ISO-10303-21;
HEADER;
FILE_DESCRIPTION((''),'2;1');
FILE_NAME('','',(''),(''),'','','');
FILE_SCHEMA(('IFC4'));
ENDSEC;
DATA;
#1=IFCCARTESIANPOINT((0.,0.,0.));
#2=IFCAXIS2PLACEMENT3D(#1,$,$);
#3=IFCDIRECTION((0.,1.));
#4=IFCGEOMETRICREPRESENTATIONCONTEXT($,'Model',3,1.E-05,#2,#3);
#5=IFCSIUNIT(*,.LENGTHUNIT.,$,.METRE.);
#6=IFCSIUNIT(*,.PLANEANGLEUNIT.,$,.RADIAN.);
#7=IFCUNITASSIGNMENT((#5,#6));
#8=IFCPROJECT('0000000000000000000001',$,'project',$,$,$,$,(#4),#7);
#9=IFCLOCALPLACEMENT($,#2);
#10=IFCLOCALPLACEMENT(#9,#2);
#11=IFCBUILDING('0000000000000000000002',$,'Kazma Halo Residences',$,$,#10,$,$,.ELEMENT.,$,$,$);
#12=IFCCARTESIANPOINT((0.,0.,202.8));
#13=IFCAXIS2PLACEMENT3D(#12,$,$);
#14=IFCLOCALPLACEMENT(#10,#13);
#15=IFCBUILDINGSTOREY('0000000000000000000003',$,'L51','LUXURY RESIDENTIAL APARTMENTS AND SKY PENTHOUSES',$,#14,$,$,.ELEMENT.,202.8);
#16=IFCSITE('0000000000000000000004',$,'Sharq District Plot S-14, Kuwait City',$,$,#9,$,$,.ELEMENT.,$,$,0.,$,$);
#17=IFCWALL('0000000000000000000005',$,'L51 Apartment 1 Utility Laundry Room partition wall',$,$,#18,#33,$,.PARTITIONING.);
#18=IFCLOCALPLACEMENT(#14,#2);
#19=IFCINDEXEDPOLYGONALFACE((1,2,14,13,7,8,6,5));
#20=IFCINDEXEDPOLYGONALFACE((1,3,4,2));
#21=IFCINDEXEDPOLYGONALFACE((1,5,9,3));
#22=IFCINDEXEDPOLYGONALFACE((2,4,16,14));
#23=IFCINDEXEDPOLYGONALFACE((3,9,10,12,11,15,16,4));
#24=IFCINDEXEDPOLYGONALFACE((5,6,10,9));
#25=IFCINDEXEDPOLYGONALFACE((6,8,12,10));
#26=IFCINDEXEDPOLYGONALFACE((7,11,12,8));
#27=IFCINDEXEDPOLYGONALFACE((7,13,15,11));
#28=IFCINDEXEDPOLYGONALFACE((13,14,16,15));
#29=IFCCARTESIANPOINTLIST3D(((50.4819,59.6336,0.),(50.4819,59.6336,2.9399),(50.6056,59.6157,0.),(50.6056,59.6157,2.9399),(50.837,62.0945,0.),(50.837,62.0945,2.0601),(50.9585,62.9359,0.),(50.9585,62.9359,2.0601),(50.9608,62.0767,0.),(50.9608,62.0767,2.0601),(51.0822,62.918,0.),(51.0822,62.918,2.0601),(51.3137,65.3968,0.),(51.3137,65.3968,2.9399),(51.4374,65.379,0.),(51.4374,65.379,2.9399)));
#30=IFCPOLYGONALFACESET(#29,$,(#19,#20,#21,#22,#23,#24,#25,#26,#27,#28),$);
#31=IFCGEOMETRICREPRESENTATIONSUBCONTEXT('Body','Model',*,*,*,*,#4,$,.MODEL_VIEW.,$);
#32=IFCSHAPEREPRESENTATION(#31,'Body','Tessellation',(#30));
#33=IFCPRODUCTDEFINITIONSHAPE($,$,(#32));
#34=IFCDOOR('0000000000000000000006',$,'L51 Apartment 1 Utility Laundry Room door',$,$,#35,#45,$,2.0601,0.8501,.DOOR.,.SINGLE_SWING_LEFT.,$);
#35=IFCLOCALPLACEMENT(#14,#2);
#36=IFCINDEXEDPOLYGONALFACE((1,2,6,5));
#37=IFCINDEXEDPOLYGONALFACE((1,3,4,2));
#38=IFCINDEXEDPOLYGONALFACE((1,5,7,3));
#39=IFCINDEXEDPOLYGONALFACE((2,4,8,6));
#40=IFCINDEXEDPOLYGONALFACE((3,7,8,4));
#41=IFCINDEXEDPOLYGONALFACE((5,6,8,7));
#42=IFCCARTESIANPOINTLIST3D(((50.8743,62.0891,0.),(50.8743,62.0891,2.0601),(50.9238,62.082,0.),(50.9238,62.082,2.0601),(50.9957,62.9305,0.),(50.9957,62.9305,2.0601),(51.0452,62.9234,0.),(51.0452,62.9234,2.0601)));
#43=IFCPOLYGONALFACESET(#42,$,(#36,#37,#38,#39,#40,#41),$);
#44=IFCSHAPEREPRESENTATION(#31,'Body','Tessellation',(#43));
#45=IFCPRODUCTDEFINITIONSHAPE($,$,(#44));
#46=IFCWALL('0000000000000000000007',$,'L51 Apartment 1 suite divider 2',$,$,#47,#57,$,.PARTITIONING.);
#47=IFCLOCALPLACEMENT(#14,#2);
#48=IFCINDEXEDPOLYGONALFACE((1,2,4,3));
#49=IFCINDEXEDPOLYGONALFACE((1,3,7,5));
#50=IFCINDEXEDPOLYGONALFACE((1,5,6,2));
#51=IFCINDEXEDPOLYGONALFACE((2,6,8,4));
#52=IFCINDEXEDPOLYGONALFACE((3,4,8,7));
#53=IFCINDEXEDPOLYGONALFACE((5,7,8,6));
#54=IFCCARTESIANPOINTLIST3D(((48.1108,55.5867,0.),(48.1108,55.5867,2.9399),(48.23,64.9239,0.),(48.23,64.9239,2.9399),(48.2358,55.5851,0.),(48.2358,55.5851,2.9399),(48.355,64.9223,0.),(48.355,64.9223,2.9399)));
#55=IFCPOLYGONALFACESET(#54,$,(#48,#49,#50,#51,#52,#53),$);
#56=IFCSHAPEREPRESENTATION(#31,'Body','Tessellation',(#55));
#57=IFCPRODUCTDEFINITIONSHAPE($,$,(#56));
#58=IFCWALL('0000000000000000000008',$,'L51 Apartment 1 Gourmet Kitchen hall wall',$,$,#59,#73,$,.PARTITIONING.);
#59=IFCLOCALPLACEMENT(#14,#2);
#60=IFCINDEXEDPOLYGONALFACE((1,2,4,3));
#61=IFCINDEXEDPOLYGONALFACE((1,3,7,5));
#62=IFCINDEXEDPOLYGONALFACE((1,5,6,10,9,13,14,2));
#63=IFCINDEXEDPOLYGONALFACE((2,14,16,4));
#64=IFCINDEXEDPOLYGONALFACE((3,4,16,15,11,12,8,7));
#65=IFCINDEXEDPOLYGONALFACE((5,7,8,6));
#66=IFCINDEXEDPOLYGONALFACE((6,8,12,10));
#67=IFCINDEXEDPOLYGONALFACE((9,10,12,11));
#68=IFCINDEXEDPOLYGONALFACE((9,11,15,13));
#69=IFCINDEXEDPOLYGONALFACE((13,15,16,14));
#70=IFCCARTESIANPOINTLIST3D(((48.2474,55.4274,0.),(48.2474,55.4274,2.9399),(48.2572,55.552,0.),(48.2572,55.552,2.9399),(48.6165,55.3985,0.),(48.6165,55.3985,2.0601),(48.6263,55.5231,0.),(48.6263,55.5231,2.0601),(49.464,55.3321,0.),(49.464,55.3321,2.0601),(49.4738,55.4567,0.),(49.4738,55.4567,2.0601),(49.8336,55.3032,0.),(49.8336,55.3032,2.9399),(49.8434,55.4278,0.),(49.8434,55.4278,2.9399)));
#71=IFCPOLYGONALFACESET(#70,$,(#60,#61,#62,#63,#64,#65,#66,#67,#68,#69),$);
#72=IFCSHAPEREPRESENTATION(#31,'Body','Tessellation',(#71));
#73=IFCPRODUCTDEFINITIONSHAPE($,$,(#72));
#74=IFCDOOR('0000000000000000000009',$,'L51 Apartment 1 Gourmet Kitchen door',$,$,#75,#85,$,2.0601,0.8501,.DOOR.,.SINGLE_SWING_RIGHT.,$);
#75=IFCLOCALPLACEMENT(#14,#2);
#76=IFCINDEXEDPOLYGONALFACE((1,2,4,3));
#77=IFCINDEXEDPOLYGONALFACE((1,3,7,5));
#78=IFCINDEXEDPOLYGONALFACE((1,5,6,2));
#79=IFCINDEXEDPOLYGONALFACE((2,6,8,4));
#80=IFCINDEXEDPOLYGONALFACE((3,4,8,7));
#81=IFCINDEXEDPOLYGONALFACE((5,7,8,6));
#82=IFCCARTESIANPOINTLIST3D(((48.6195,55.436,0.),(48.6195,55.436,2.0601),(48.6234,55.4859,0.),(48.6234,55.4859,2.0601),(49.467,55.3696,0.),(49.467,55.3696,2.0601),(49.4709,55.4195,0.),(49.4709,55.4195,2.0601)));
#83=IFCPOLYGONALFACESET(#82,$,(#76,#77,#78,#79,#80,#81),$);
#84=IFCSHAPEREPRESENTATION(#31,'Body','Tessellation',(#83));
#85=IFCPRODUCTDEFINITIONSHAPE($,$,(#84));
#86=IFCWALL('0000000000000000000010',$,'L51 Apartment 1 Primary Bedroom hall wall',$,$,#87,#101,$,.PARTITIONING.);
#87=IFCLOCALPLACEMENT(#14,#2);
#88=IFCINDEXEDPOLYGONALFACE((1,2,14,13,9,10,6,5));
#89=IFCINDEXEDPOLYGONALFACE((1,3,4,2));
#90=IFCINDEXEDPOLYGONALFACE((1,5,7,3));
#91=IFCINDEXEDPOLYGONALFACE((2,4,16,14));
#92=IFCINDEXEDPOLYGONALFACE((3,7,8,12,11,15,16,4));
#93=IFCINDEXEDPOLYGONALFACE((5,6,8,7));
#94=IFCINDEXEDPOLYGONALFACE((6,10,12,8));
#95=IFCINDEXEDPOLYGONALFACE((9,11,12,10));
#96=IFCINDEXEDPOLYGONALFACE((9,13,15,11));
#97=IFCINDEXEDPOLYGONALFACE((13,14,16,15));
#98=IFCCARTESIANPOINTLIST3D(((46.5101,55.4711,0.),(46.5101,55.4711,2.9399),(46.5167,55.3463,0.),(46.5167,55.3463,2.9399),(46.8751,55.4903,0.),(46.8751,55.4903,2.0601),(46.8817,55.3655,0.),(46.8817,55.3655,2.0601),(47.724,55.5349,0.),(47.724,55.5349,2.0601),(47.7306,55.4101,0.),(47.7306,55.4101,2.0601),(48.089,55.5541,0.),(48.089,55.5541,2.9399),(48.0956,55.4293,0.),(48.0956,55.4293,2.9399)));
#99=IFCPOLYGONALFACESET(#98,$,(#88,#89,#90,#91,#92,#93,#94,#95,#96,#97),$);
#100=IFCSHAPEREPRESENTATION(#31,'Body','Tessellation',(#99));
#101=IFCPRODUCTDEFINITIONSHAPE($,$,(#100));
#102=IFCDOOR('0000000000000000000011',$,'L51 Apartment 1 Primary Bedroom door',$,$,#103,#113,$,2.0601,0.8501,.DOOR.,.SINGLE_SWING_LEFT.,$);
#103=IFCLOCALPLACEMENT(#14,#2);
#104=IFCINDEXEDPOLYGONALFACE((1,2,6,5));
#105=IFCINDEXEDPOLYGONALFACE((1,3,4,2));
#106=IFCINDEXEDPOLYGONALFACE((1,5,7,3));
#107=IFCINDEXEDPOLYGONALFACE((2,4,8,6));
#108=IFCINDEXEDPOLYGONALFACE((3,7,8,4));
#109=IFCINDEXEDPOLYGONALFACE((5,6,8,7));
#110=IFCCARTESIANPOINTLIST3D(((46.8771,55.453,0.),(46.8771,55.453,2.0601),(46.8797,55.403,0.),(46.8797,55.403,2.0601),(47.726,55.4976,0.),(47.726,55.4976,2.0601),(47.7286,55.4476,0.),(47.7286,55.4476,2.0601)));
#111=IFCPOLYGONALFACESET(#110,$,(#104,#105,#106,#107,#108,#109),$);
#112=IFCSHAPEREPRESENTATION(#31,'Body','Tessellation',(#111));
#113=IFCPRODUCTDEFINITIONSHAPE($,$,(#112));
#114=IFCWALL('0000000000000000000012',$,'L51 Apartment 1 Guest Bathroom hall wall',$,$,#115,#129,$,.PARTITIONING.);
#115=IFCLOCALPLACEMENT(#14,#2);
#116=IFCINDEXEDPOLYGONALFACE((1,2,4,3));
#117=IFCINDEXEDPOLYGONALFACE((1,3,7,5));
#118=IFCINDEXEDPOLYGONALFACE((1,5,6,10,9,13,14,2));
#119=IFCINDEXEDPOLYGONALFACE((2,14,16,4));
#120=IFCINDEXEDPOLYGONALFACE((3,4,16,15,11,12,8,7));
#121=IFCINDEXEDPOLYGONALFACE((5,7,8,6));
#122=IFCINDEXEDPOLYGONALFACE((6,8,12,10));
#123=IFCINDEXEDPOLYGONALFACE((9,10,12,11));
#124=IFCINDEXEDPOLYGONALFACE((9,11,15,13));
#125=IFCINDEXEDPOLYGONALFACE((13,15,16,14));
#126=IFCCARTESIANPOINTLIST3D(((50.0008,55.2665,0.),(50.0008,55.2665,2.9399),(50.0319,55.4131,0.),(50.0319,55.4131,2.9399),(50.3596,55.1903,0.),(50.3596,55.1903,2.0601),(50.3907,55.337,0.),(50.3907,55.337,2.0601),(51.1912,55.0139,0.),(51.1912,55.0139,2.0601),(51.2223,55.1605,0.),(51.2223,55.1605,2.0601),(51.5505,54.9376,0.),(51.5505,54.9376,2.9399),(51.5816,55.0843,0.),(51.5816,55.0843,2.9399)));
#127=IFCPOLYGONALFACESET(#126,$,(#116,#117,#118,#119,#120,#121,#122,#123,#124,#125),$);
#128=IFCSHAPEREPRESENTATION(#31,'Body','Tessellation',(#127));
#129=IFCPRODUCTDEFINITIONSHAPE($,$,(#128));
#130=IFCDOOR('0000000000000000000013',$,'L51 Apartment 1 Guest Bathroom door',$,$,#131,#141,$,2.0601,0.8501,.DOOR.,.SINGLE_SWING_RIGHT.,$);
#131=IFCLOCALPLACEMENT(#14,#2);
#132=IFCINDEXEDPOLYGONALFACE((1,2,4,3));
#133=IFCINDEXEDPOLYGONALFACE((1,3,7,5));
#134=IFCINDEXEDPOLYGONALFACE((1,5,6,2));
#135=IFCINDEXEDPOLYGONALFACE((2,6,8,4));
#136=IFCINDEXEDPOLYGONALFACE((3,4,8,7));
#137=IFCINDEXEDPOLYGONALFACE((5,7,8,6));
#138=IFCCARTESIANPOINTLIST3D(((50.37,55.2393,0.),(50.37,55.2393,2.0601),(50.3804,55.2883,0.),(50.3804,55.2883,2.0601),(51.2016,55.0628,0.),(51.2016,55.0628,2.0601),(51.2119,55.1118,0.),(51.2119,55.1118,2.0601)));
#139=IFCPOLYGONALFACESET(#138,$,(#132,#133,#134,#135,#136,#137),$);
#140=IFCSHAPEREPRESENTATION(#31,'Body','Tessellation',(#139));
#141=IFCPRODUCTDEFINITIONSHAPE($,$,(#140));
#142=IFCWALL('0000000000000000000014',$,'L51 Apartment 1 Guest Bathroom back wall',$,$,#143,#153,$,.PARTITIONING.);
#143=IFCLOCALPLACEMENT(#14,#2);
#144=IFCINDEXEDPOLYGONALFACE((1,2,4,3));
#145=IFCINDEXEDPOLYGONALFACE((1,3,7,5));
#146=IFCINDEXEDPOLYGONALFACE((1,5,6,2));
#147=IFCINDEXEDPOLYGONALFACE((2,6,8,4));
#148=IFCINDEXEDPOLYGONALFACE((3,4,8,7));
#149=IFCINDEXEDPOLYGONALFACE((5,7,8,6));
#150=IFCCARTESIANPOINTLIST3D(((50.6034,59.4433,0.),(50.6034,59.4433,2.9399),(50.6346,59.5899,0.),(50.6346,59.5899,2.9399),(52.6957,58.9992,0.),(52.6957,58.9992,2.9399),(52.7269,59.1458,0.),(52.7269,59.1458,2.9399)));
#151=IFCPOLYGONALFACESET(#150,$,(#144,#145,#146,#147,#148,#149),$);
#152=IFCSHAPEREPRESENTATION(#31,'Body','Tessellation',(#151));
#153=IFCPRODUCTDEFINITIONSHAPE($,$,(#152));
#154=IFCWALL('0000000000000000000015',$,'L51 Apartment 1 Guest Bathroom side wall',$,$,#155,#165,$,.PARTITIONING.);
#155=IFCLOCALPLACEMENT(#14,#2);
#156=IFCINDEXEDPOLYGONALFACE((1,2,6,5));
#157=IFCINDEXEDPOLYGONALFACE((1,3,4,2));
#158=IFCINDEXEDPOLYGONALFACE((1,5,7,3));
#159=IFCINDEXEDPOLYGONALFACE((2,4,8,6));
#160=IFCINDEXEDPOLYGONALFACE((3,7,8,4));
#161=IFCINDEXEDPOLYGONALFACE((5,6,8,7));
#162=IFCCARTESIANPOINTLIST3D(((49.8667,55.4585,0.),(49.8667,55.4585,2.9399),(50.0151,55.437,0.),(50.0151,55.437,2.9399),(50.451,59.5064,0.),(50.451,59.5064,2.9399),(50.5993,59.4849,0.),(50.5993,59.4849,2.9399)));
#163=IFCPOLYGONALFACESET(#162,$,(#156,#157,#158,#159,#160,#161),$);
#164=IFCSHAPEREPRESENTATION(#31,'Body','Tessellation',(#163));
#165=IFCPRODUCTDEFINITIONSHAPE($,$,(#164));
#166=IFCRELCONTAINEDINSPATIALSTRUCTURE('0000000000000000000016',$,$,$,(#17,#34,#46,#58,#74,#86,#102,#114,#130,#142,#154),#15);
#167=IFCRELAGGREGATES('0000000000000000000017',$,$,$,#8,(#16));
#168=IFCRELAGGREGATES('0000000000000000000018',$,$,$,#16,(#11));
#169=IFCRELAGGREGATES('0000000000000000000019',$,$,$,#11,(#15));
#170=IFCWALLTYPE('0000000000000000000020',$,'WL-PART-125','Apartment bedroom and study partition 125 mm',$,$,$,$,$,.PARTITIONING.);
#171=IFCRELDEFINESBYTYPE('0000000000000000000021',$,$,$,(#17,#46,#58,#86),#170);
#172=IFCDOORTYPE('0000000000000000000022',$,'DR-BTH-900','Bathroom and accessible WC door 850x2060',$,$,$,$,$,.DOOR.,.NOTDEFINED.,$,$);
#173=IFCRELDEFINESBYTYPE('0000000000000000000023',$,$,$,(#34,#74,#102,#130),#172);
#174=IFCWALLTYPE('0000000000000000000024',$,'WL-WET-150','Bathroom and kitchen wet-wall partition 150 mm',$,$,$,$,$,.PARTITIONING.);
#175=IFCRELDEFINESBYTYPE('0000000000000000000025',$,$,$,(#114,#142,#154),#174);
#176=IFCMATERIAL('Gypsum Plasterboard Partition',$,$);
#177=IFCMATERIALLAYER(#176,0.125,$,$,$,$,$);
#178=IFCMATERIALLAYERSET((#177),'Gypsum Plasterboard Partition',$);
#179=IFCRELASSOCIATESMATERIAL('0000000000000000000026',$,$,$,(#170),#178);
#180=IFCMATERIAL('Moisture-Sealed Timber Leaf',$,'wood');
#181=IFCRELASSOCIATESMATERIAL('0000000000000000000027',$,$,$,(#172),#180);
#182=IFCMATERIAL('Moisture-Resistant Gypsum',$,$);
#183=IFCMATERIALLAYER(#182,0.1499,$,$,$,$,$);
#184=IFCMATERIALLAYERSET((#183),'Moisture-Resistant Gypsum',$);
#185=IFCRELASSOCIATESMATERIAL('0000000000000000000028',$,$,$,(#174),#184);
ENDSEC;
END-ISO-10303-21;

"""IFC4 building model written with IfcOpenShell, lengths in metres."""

from ifc_helpers import new_model, si_unit, direction, frame, frame_2d, origin, place, context, subcontext, project, spatial, rectangle, extrude, material, layer, layer_set, type_object, element, fill, save


model = new_model("IFC4")

# Units and contexts
model_context = context("Model", 3, precision=1e-05, world=origin(), true_north=direction((0.0, 1.0)))
body_context = subcontext(model_context, "Body", "Model", "MODEL_VIEW")
ifc_project = project(units=[si_unit("LENGTHUNIT", "METRE"), si_unit("PLANEANGLEUNIT", "RADIAN")], contexts=[model_context])

# Site, building, storey
site_placement = place(None, origin())
site = spatial("IfcSite", under=ifc_project, at=site_placement, Name="Sharq District Plot S-14, Kuwait City", CompositionType="ELEMENT", RefElevation=0.0)
building_placement = place(site_placement, origin())
building = spatial("IfcBuilding", under=site, at=building_placement, Name="Kazma Halo Residences", CompositionType="ELEMENT")
storey_placement = place(building_placement, frame((0.0, 0.0, 202.8)))
storey = spatial("IfcBuildingStorey", under=building, at=storey_placement, Name="L51", Description="LUXURY RESIDENTIAL APARTMENTS AND SKY PENTHOUSES", CompositionType="ELEMENT", Elevation=202.8)

# Wall, opening, door
ifc_material_1 = material(Name="Gypsum Plasterboard Partition")
ifc_layer_1 = layer(ifc_material_1, 0.125)
ifc_layer_set_1 = layer_set([ifc_layer_1], Name="Gypsum Plasterboard Partition")
wall_type_1 = type_object("IfcWallType", Name="WL-PART-125", Description="Apartment bedroom and study partition 125 mm", PredefinedType="PARTITIONING", material=ifc_layer_set_1)
wall_1_placement = place(storey_placement, frame((50.5437, 59.6245, 0.0), z_axis=(0.0, 0.0, 1.0), x_axis=(0.142848, 0.989745, 0.0)))
wall_1 = element("IfcWall", 1, at=wall_1_placement, inside=storey, type_object=wall_type_1, Name="L51 Apartment 1 Utility Laundry Room partition wall", PredefinedType="PARTITIONING", context=body_context, shape_type="SweptSolid", body=[
    extrude(rectangle(XDim=5.823, YDim=0.125, at=frame_2d((2.9116, 0.0))), origin(), (0.0, 0.0, 1.0), 2.9399),
])
opening_1_placement = place(wall_1_placement, frame((2.4866, 0.0, 0.0)))
opening_1 = element("IfcOpeningElement", 2, at=opening_1_placement, cuts=wall_1, PredefinedType="OPENING", context=body_context, shape_type="SweptSolid", body=[
    extrude(rectangle(XDim=0.8501, YDim=2.0601, at=frame_2d((0.425, 1.03))), frame((0.0, 0.0725, 0.0), z_axis=(0.0, -1.0, 0.0), x_axis=(1.0, 0.0, 0.0)), (0.0, 0.0, 1.0), 0.145),
])
ifc_material_2 = material(Name="Moisture-Sealed Timber Leaf", Category="wood")
door_type_1 = type_object("IfcDoorType", Name="DR-BTH-900", Description="Bathroom and accessible WC door 850x2060", OperationType="NOTDEFINED", PredefinedType="DOOR", material=ifc_material_2)
door_1_placement = place(opening_1_placement, origin())
door_1 = element("IfcDoor", 3, at=door_1_placement, inside=storey, type_object=door_type_1, Name="L51 Apartment 1 Utility Laundry Room door", OperationType="SINGLE_SWING_LEFT", OverallHeight=2.0601, OverallWidth=0.8501, PredefinedType="DOOR", context=body_context, shape_type="SweptSolid", body=[
    extrude(rectangle(XDim=0.8501, YDim=2.0601, at=frame_2d((0.425, 1.03))), frame((0.0, 0.0249, 0.0), z_axis=(0.0, -1.0, 0.0), x_axis=(1.0, 0.0, 0.0)), (0.0, 0.0, 1.0), 0.05),
])
fill(opening_1, door_1)

# Wall
wall_2_placement = place(storey_placement, frame((48.1733, 55.5859, 0.0), z_axis=(0.0, 0.0, 1.0), x_axis=(0.012759, 0.999919, 0.0)))
element("IfcWall", 4, at=wall_2_placement, inside=storey, type_object=wall_type_1, Name="L51 Apartment 1 suite divider 2", PredefinedType="PARTITIONING", context=body_context, shape_type="SweptSolid", body=[
    extrude(rectangle(XDim=9.3379, YDim=0.125, at=frame_2d((4.6689, 0.0))), origin(), (0.0, 0.0, 1.0), 2.9399),
])

# Walls, openings, doors
wall_3_placement = place(storey_placement, frame((49.8384, 55.3655, 0.0), z_axis=(0.0, 0.0, 1.0), x_axis=(-0.996945, 0.078105, 0.0)))
wall_3 = element("IfcWall", 5, at=wall_3_placement, inside=storey, type_object=wall_type_1, Name="L51 Apartment 1 Gourmet Kitchen hall wall", PredefinedType="PARTITIONING", context=body_context, shape_type="SweptSolid", body=[
    extrude(rectangle(XDim=1.5911, YDim=0.125, at=frame_2d((0.7954, 0.0))), origin(), (0.0, 0.0, 1.0), 2.9399),
])
opening_2_placement = place(wall_3_placement, frame((0.3706, 0.0, 0.0)))
opening_2 = element("IfcOpeningElement", 6, at=opening_2_placement, cuts=wall_3, PredefinedType="OPENING", context=body_context, shape_type="SweptSolid", body=[
    extrude(rectangle(XDim=0.8501, YDim=2.0601, at=frame_2d((0.425, 1.03))), frame((0.0, 0.0725, 0.0), z_axis=(0.0, -1.0, 0.0), x_axis=(1.0, 0.0, 0.0)), (0.0, 0.0, 1.0), 0.145),
])
door_2_placement = place(opening_2_placement, origin())
door_2 = element("IfcDoor", 7, at=door_2_placement, inside=storey, type_object=door_type_1, Name="L51 Apartment 1 Gourmet Kitchen door", OperationType="SINGLE_SWING_RIGHT", OverallHeight=2.0601, OverallWidth=0.8501, PredefinedType="DOOR", context=body_context, shape_type="SweptSolid", body=[
    extrude(rectangle(XDim=0.8501, YDim=2.0601, at=frame_2d((0.425, 1.03))), frame((0.0, 0.0249, 0.0), z_axis=(0.0, -1.0, 0.0), x_axis=(1.0, 0.0, 0.0)), (0.0, 0.0, 1.0), 0.05),
])
fill(opening_2, door_2)
wall_4_placement = place(storey_placement, frame((48.0923, 55.4917, 0.0), z_axis=(0.0, 0.0, 1.0), x_axis=(-0.998621, -0.052502, 0.0)))
wall_4 = element("IfcWall", 8, at=wall_4_placement, inside=storey, type_object=wall_type_1, Name="L51 Apartment 1 Primary Bedroom hall wall", PredefinedType="PARTITIONING", context=body_context, shape_type="SweptSolid", body=[
    extrude(rectangle(XDim=1.5811, YDim=0.125, at=frame_2d((0.7905, 0.0))), origin(), (0.0, 0.0, 1.0), 2.9399),
])
opening_3_placement = place(wall_4_placement, frame((0.3655, 0.0, 0.0)))
opening_3 = element("IfcOpeningElement", 9, at=opening_3_placement, cuts=wall_4, PredefinedType="OPENING", context=body_context, shape_type="SweptSolid", body=[
    extrude(rectangle(XDim=0.8501, YDim=2.0601, at=frame_2d((0.425, 1.03))), frame((0.0, 0.0725, 0.0), z_axis=(0.0, -1.0, 0.0), x_axis=(1.0, 0.0, 0.0)), (0.0, 0.0, 1.0), 0.145),
])
door_3_placement = place(opening_3_placement, origin())
door_3 = element("IfcDoor", 10, at=door_3_placement, inside=storey, type_object=door_type_1, Name="L51 Apartment 1 Primary Bedroom door", OperationType="SINGLE_SWING_LEFT", OverallHeight=2.0601, OverallWidth=0.8501, PredefinedType="DOOR", context=body_context, shape_type="SweptSolid", body=[
    extrude(rectangle(XDim=0.8501, YDim=2.0601, at=frame_2d((0.425, 1.03))), frame((0.0, 0.0249, 0.0), z_axis=(0.0, -1.0, 0.0), x_axis=(1.0, 0.0, 0.0)), (0.0, 0.0, 1.0), 0.05),
])
fill(opening_3, door_3)
ifc_material_3 = material(Name="Moisture-Resistant Gypsum")
ifc_layer_2 = layer(ifc_material_3, 0.1499)
ifc_layer_set_2 = layer_set([ifc_layer_2], Name="Moisture-Resistant Gypsum")
wall_type_2 = type_object("IfcWallType", Name="WL-WET-150", Description="Bathroom and kitchen wet-wall partition 150 mm", PredefinedType="PARTITIONING", material=ifc_layer_set_2)
wall_5_placement = place(storey_placement, frame((51.5659, 55.011, 0.0), z_axis=(0.0, 0.0, 1.0), x_axis=(-0.97822, 0.207571, 0.0)))
wall_5 = element("IfcWall", 11, at=wall_5_placement, inside=storey, type_object=wall_type_2, Name="L51 Apartment 1 Guest Bathroom hall wall", PredefinedType="PARTITIONING", context=body_context, shape_type="SweptSolid", body=[
    extrude(rectangle(XDim=1.5842, YDim=0.1499, at=frame_2d((0.792, 0.0))), origin(), (0.0, 0.0, 1.0), 2.9399),
])
opening_4_placement = place(wall_5_placement, frame((0.3672, 0.0, 0.0)))
opening_4 = element("IfcOpeningElement", 12, at=opening_4_placement, cuts=wall_5, PredefinedType="OPENING", context=body_context, shape_type="SweptSolid", body=[
    extrude(rectangle(XDim=0.8501, YDim=2.0601, at=frame_2d((0.425, 1.03))), frame((0.0, 0.085, 0.0), z_axis=(0.0, -1.0, 0.0), x_axis=(1.0, 0.0, 0.0)), (0.0, 0.0, 1.0), 0.1699),
])
door_4_placement = place(opening_4_placement, origin())
door_4 = element("IfcDoor", 13, at=door_4_placement, inside=storey, type_object=door_type_1, Name="L51 Apartment 1 Guest Bathroom door", OperationType="SINGLE_SWING_RIGHT", OverallHeight=2.0601, OverallWidth=0.8501, PredefinedType="DOOR", context=body_context, shape_type="SweptSolid", body=[
    extrude(rectangle(XDim=0.8501, YDim=2.0601, at=frame_2d((0.425, 1.03))), frame((0.0, 0.0249, 0.0), z_axis=(0.0, -1.0, 0.0), x_axis=(1.0, 0.0, 0.0)), (0.0, 0.0, 1.0), 0.05),
])
fill(opening_4, door_4)

# Walls
wall_6_placement = place(storey_placement, frame((52.7112, 59.0725, 0.0), z_axis=(0.0, 0.0, 1.0), x_axis=(-0.978208, 0.207627, 0.0)))
element("IfcWall", 14, at=wall_6_placement, inside=storey, type_object=wall_type_2, Name="L51 Apartment 1 Guest Bathroom back wall", PredefinedType="PARTITIONING", context=body_context, shape_type="SweptSolid", body=[
    extrude(rectangle(XDim=2.1389, YDim=0.1499, at=frame_2d((1.0693, 0.0))), origin(), (0.0, 0.0, 1.0), 2.9399),
])
wall_7_placement = place(storey_placement, frame((49.9409, 55.4478, 0.0), z_axis=(0.0, 0.0, 1.0), x_axis=(0.14285, 0.989744, 0.0)))
element("IfcWall", 15, at=wall_7_placement, inside=storey, type_object=wall_type_2, Name="L51 Apartment 1 Guest Bathroom side wall", PredefinedType="PARTITIONING", context=body_context, shape_type="SweptSolid", body=[
    extrude(rectangle(XDim=4.0898, YDim=0.1499, at=frame_2d((2.0449, 0.0))), origin(), (0.0, 0.0, 1.0), 2.9399),
])

save(model, "model.ifc")
